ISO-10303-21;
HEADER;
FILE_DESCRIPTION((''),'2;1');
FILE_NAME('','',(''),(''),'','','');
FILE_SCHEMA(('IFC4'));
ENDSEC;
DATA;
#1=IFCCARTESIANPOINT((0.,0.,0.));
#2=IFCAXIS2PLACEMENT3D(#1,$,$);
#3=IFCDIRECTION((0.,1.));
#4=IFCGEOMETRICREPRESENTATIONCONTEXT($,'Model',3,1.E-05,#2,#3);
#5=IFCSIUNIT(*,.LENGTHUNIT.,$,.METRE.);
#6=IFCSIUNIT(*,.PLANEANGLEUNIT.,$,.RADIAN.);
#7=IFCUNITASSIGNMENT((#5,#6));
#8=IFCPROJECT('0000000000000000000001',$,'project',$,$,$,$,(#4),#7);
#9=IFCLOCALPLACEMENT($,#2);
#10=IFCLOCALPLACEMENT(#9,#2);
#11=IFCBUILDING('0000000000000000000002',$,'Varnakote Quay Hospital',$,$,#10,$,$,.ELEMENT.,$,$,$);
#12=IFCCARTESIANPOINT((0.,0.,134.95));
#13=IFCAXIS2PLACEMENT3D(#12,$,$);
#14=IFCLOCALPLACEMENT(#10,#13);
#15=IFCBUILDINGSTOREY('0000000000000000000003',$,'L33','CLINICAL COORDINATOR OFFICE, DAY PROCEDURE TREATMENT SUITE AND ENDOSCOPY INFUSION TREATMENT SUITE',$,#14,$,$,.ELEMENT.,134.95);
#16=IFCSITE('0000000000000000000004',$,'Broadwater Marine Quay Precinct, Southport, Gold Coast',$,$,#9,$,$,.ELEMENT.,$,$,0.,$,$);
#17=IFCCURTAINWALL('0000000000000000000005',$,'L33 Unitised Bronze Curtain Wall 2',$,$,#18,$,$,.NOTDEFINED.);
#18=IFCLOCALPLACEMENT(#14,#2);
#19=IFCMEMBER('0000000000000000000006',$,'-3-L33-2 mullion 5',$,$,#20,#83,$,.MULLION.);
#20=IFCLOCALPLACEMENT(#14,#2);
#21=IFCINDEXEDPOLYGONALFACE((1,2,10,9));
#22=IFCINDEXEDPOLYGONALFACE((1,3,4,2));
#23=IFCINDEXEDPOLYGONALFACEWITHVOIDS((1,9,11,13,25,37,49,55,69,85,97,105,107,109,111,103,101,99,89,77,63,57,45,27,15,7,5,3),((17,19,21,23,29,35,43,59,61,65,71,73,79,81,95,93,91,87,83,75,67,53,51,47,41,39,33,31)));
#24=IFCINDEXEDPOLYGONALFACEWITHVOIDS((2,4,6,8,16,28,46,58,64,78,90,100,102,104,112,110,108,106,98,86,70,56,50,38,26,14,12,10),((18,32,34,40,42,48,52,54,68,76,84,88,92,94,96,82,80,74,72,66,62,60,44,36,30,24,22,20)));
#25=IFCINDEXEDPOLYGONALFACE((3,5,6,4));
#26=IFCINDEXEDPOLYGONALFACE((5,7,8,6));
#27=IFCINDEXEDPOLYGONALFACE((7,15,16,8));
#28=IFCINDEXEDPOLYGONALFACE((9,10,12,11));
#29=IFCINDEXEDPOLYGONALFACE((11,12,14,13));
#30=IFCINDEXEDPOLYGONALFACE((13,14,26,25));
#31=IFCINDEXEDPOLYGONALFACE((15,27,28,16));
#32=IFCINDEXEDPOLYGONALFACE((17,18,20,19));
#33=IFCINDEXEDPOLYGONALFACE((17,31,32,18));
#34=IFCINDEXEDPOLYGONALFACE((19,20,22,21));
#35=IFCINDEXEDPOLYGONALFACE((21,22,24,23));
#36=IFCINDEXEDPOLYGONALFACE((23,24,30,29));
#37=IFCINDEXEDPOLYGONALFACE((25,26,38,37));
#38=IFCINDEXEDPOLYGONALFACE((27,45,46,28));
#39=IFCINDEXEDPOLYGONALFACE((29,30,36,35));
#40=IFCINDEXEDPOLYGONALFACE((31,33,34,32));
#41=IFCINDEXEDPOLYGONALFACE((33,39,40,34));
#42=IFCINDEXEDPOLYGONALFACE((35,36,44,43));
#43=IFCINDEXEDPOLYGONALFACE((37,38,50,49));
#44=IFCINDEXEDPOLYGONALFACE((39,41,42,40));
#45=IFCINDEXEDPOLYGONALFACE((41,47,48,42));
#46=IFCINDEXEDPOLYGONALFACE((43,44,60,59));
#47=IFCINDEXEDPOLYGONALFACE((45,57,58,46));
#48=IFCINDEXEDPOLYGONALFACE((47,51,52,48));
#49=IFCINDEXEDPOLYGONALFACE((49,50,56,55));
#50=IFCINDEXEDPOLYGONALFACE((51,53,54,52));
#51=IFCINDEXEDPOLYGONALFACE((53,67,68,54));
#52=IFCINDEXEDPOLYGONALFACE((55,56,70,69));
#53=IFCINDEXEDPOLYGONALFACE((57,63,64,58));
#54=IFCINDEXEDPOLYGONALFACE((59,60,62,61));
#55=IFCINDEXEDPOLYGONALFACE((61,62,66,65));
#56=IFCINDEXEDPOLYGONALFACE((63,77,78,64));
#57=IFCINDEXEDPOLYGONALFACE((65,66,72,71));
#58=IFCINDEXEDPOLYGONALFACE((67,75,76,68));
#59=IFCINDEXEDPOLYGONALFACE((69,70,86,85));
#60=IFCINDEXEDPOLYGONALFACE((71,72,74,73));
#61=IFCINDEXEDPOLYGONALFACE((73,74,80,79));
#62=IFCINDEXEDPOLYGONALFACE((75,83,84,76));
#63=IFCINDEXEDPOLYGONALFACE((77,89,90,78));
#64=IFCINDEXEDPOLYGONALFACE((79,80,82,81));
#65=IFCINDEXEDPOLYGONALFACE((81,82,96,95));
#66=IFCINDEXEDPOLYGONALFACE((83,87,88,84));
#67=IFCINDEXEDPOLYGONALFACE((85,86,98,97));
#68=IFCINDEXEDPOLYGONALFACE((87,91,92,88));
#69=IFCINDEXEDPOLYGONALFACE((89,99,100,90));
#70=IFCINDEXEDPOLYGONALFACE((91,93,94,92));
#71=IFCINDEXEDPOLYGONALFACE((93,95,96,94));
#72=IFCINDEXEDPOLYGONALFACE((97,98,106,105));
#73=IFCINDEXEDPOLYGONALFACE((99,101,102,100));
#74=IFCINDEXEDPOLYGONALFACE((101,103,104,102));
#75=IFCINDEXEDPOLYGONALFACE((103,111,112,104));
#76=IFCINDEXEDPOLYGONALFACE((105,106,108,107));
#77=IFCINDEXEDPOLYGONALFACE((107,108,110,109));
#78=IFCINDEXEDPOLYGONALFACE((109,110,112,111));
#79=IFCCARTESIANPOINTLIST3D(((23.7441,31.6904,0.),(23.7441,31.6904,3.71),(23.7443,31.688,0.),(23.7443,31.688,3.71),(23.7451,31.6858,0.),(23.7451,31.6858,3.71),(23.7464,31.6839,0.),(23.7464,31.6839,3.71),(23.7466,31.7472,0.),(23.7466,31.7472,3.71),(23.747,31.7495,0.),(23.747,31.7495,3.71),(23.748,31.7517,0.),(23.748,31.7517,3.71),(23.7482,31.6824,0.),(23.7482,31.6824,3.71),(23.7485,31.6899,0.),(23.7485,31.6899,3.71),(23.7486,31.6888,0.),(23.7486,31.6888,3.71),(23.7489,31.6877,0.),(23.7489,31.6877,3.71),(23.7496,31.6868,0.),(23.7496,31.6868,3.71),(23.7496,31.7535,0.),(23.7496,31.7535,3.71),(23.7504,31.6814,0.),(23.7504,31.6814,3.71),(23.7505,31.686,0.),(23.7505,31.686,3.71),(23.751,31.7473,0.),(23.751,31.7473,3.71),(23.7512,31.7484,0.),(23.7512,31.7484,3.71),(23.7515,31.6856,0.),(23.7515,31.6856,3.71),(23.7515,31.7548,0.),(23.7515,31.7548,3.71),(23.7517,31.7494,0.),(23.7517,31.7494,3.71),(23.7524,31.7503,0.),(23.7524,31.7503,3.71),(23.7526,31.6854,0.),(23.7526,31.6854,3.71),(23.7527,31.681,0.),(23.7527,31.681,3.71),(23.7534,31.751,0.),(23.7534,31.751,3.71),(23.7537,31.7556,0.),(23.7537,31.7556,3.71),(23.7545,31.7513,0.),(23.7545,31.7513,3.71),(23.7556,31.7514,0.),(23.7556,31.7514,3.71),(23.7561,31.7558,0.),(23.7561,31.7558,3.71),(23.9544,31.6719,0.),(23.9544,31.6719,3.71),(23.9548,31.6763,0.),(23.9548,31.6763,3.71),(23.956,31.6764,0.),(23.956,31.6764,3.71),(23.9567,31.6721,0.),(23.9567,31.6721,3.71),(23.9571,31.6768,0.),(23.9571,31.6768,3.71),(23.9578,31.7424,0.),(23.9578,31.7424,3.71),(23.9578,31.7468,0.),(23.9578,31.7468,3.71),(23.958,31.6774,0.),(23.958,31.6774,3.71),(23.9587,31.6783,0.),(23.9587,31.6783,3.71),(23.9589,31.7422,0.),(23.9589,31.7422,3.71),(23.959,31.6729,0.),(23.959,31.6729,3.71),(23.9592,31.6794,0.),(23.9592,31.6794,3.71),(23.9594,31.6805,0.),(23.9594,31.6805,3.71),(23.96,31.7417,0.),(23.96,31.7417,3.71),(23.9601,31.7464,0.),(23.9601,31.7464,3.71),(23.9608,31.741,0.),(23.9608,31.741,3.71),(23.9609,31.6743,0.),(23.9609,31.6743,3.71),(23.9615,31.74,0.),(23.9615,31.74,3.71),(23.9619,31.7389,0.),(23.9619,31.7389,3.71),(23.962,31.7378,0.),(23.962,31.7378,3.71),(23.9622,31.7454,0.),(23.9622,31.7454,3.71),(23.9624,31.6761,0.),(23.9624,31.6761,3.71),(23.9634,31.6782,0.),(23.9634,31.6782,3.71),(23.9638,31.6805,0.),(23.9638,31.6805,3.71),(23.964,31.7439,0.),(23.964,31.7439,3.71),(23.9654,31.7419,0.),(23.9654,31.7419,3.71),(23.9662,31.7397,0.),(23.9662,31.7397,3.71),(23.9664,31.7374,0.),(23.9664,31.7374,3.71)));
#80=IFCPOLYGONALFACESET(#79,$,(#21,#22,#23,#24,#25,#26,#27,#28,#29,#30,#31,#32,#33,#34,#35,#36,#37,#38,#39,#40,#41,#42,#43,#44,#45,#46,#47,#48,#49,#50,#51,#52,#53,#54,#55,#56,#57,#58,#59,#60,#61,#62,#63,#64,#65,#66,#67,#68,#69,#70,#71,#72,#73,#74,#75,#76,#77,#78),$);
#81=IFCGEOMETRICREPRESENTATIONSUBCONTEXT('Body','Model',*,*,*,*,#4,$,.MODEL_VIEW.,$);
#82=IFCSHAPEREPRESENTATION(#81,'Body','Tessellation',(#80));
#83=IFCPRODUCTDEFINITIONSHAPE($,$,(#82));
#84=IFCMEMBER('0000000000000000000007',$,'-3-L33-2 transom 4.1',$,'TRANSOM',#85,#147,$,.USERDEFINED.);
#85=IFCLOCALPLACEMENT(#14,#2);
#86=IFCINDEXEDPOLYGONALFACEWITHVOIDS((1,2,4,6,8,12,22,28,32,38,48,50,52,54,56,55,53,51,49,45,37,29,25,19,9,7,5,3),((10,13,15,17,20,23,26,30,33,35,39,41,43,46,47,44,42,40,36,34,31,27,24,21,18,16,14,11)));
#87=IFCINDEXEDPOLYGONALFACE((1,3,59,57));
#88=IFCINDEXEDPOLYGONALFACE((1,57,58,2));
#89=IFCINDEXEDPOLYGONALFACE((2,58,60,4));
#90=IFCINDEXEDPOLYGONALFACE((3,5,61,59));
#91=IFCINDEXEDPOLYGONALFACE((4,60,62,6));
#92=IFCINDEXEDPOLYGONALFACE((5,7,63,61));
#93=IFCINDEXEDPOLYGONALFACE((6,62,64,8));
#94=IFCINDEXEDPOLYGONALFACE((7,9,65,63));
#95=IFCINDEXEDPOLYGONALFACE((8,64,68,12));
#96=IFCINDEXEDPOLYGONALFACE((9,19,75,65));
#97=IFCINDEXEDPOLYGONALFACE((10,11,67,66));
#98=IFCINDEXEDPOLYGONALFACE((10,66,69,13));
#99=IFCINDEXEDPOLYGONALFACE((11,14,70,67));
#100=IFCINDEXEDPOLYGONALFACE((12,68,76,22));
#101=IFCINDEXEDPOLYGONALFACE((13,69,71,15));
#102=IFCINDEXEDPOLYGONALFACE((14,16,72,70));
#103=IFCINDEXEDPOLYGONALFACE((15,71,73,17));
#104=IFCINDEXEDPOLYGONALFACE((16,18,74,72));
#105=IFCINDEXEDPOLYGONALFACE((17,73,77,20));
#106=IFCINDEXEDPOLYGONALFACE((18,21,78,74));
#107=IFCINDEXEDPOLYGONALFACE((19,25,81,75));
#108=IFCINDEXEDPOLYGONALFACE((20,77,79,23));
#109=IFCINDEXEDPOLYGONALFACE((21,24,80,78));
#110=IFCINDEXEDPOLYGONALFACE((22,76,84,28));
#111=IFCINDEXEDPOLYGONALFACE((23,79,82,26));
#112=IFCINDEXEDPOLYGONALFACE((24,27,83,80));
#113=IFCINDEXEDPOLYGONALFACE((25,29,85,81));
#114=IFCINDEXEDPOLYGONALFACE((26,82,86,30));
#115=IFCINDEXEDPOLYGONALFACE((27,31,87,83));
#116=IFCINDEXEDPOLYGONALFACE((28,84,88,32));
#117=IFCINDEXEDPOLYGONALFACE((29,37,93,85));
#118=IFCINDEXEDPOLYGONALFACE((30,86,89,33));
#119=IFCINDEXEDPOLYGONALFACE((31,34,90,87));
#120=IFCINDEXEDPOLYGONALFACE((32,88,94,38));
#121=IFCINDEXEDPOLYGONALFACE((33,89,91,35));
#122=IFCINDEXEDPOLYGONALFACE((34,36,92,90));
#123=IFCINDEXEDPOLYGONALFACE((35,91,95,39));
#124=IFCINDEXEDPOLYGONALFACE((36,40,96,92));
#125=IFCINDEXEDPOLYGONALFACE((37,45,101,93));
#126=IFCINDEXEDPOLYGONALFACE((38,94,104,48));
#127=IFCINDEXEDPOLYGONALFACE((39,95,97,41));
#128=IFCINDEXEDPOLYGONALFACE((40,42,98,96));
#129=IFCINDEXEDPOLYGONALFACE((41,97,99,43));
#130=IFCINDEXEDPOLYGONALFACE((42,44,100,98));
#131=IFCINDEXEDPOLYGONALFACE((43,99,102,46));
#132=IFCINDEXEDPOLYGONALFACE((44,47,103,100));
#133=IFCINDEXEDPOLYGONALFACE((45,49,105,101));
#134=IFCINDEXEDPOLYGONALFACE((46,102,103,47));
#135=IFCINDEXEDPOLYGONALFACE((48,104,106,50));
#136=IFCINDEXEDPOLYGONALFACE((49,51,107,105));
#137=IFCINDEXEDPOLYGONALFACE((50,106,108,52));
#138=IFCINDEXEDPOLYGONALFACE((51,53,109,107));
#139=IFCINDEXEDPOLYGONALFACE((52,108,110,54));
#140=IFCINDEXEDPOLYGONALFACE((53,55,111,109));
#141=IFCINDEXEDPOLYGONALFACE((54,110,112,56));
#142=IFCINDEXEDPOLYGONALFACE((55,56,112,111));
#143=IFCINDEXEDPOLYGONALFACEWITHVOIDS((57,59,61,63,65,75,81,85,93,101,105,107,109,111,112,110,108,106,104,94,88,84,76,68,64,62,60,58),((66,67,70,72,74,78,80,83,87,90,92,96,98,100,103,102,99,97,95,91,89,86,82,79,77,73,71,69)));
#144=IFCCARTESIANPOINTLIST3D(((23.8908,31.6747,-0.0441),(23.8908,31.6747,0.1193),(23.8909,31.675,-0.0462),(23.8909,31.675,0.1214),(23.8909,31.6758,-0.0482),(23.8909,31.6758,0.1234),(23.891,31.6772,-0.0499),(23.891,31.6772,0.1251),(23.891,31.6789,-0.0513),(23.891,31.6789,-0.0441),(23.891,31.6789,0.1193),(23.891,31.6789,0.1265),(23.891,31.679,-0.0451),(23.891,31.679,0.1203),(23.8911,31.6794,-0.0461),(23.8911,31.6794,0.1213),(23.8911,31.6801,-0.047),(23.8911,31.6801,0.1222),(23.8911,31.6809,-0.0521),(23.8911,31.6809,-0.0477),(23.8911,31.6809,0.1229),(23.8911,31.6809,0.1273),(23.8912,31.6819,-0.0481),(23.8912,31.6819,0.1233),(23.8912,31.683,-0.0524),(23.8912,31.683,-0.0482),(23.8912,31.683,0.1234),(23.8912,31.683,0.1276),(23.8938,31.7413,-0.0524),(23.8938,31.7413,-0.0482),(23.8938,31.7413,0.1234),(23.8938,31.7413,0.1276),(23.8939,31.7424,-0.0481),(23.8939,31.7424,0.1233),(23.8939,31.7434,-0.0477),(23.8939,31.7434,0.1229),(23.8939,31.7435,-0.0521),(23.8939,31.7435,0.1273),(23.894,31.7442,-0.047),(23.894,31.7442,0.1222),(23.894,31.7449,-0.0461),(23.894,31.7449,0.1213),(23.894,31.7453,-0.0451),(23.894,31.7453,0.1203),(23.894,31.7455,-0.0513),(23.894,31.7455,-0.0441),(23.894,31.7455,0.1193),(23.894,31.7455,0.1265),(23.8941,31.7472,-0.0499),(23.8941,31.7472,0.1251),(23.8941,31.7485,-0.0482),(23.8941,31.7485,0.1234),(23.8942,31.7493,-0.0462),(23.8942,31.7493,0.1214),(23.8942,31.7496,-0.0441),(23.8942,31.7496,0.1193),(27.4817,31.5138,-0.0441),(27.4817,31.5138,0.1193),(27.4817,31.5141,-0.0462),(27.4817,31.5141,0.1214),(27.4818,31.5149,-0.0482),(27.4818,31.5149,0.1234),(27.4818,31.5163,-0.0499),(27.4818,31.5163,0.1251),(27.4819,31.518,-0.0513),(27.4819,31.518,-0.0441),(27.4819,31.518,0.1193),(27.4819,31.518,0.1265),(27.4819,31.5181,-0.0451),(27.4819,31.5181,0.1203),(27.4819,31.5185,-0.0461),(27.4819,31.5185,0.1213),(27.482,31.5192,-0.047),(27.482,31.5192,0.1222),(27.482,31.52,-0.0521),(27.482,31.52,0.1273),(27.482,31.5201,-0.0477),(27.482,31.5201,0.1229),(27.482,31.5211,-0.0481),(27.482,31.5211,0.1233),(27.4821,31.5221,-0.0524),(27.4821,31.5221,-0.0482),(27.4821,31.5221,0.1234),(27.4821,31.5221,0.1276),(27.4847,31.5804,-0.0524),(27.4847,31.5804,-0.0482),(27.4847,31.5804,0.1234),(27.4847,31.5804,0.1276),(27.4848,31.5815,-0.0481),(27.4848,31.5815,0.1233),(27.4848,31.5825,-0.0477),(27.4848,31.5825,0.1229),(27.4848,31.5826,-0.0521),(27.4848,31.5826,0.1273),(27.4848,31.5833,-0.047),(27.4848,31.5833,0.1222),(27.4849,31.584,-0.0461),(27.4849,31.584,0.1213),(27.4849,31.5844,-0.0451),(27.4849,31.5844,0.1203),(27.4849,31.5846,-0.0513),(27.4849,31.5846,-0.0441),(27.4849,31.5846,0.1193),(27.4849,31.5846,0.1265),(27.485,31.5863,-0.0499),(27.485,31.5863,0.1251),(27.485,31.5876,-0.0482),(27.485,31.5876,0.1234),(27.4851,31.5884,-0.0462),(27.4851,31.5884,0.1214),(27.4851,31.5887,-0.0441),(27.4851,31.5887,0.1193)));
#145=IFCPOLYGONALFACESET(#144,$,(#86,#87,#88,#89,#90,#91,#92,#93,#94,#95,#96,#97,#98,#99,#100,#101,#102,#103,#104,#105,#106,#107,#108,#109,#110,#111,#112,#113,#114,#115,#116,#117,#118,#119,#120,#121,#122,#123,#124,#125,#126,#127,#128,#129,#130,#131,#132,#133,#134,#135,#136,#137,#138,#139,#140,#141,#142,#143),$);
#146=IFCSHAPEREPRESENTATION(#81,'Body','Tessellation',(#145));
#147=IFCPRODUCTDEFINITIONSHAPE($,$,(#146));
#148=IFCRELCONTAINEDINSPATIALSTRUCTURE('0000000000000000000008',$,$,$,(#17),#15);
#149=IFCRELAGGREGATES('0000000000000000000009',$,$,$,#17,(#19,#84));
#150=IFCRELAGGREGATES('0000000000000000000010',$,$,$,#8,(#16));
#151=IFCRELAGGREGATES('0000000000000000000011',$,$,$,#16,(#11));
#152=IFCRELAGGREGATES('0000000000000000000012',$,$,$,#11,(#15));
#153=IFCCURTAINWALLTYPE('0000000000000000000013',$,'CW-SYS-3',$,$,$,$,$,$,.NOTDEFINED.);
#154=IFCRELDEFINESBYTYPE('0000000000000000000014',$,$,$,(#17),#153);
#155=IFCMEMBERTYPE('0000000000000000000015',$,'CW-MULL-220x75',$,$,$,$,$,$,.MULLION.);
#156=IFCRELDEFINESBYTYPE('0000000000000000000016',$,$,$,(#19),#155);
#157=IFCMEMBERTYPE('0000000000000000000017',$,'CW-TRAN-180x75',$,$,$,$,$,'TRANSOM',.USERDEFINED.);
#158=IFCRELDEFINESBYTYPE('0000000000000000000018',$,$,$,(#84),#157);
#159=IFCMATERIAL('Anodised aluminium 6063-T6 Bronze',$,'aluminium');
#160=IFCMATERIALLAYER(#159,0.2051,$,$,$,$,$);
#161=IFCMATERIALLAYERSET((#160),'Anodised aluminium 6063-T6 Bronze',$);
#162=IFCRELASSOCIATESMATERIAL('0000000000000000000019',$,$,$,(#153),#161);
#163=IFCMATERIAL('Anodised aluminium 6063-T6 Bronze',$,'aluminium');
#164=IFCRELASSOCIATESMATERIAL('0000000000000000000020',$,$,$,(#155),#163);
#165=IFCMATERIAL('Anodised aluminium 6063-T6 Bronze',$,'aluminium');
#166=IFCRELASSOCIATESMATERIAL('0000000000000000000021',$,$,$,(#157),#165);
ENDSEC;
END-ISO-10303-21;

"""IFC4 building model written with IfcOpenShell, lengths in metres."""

from ifc_helpers import new_model, si_unit, direction, frame, origin, origin_2d, place, context, subcontext, project, spatial, hollow_rectangle, extrude, material, layer, layer_set, material_profile, profile_set, type_object, element, aggregate, save


model = new_model("IFC4")

# Units and contexts
model_context = context("Model", 3, precision=1e-05, world=origin(), true_north=direction((0.0, 1.0)))
body_context = subcontext(model_context, "Body", "Model", "MODEL_VIEW")
ifc_project = project(units=[si_unit("LENGTHUNIT", "METRE"), si_unit("PLANEANGLEUNIT", "RADIAN")], contexts=[model_context])

# Site, building, storey
site_placement = place(None, origin())
site = spatial("IfcSite", under=ifc_project, at=site_placement, Name="Broadwater Marine Quay Precinct, Southport, Gold Coast", CompositionType="ELEMENT", RefElevation=0.0)
building_placement = place(site_placement, origin())
building = spatial("IfcBuilding", under=site, at=building_placement, Name="Varnakote Quay Hospital", CompositionType="ELEMENT")
storey_placement = place(building_placement, frame((0.0, 0.0, 134.95)))
storey = spatial("IfcBuildingStorey", under=building, at=storey_placement, Name="L33", Description="CLINICAL COORDINATOR OFFICE, DAY PROCEDURE TREATMENT SUITE AND ENDOSCOPY INFUSION TREATMENT SUITE", CompositionType="ELEMENT", Elevation=134.95)

# Curtain wall, members
ifc_material_1 = material(Name="Anodised aluminium 6063-T6 Bronze", Category="aluminium")
ifc_layer_1 = layer(ifc_material_1, 0.2051)
ifc_layer_set_1 = layer_set([ifc_layer_1], Name="Anodised aluminium 6063-T6 Bronze")
curtain_wall_type = type_object("IfcCurtainWallType", Name="CW-SYS-3", PredefinedType="NOTDEFINED", material=ifc_layer_set_1)
curtain_wall_placement = place(storey_placement, origin())
curtain_wall = element("IfcCurtainWall", 1, at=curtain_wall_placement, inside=storey, type_object=curtain_wall_type, Name="L33 Unitised Bronze Curtain Wall 2", PredefinedType="NOTDEFINED")
ifc_material_2 = material(Name="Anodised aluminium 6063-T6 Bronze", Category="aluminium")
ifc_material_profile_1 = material_profile(ifc_material_2, hollow_rectangle(XDim=0.075, YDim=0.22, WallThickness=0.0044, InnerFilletRadius=0.0044, OuterFilletRadius=0.009, at=origin_2d()), Name="CW-MULL-220x75")
ifc_profile_set_1 = profile_set([ifc_material_profile_1], Name="Anodised aluminium 6063-T6 Bronze")
member_type_1 = type_object("IfcMemberType", Name="CW-MULL-220x75", PredefinedType="MULLION", material=ifc_profile_set_1)
member_1_placement = place(storey_placement, frame((23.8552, 31.7139, 0.0), z_axis=(0.0, 0.0, 1.0), x_axis=(-0.044782, -0.998997, 0.0)))
member_1 = element("IfcMember", 2, at=member_1_placement, type_object=member_type_1, Name="-3-L33-2 mullion 5", PredefinedType="MULLION", context=body_context, shape_type="SweptSolid", body=[
    extrude(hollow_rectangle(XDim=0.075, YDim=0.22, WallThickness=0.0044, InnerFilletRadius=0.0044, OuterFilletRadius=0.009, at=origin_2d()), origin(), (0.0, 0.0, 1.0), 3.71),
])
ifc_material_3 = material(Name="Anodised aluminium 6063-T6 Bronze", Category="aluminium")
ifc_material_profile_2 = material_profile(ifc_material_3, hollow_rectangle(XDim=0.075, YDim=0.1799, WallThickness=0.0042, InnerFilletRadius=0.0042, OuterFilletRadius=0.0083, at=origin_2d()), Name="CW-TRAN-180x75")
ifc_profile_set_2 = profile_set([ifc_material_profile_2], Name="Anodised aluminium 6063-T6 Bronze")
member_type_2 = type_object("IfcMemberType", Name="CW-TRAN-180x75", ElementType="TRANSOM", PredefinedType="USERDEFINED", material=ifc_profile_set_2)
member_2_placement = place(storey_placement, frame((27.4834, 31.5513, 0.0376), z_axis=(-0.998998, 0.044761, 0.0), x_axis=(-0.044761, -0.998998, 0.0)))
member_2 = element("IfcMember", 3, at=member_2_placement, type_object=member_type_2, Name="-3-L33-2 transom 4.1", ObjectType="TRANSOM", PredefinedType="USERDEFINED", context=body_context, shape_type="SweptSolid", body=[
    extrude(hollow_rectangle(XDim=0.075, YDim=0.1799, WallThickness=0.0042, InnerFilletRadius=0.0042, OuterFilletRadius=0.0083, at=origin_2d()), origin(), (0.0, 0.0, 1.0), 3.5945),
])

aggregate(curtain_wall, [member_1, member_2])

save(model, "model.ifc")
